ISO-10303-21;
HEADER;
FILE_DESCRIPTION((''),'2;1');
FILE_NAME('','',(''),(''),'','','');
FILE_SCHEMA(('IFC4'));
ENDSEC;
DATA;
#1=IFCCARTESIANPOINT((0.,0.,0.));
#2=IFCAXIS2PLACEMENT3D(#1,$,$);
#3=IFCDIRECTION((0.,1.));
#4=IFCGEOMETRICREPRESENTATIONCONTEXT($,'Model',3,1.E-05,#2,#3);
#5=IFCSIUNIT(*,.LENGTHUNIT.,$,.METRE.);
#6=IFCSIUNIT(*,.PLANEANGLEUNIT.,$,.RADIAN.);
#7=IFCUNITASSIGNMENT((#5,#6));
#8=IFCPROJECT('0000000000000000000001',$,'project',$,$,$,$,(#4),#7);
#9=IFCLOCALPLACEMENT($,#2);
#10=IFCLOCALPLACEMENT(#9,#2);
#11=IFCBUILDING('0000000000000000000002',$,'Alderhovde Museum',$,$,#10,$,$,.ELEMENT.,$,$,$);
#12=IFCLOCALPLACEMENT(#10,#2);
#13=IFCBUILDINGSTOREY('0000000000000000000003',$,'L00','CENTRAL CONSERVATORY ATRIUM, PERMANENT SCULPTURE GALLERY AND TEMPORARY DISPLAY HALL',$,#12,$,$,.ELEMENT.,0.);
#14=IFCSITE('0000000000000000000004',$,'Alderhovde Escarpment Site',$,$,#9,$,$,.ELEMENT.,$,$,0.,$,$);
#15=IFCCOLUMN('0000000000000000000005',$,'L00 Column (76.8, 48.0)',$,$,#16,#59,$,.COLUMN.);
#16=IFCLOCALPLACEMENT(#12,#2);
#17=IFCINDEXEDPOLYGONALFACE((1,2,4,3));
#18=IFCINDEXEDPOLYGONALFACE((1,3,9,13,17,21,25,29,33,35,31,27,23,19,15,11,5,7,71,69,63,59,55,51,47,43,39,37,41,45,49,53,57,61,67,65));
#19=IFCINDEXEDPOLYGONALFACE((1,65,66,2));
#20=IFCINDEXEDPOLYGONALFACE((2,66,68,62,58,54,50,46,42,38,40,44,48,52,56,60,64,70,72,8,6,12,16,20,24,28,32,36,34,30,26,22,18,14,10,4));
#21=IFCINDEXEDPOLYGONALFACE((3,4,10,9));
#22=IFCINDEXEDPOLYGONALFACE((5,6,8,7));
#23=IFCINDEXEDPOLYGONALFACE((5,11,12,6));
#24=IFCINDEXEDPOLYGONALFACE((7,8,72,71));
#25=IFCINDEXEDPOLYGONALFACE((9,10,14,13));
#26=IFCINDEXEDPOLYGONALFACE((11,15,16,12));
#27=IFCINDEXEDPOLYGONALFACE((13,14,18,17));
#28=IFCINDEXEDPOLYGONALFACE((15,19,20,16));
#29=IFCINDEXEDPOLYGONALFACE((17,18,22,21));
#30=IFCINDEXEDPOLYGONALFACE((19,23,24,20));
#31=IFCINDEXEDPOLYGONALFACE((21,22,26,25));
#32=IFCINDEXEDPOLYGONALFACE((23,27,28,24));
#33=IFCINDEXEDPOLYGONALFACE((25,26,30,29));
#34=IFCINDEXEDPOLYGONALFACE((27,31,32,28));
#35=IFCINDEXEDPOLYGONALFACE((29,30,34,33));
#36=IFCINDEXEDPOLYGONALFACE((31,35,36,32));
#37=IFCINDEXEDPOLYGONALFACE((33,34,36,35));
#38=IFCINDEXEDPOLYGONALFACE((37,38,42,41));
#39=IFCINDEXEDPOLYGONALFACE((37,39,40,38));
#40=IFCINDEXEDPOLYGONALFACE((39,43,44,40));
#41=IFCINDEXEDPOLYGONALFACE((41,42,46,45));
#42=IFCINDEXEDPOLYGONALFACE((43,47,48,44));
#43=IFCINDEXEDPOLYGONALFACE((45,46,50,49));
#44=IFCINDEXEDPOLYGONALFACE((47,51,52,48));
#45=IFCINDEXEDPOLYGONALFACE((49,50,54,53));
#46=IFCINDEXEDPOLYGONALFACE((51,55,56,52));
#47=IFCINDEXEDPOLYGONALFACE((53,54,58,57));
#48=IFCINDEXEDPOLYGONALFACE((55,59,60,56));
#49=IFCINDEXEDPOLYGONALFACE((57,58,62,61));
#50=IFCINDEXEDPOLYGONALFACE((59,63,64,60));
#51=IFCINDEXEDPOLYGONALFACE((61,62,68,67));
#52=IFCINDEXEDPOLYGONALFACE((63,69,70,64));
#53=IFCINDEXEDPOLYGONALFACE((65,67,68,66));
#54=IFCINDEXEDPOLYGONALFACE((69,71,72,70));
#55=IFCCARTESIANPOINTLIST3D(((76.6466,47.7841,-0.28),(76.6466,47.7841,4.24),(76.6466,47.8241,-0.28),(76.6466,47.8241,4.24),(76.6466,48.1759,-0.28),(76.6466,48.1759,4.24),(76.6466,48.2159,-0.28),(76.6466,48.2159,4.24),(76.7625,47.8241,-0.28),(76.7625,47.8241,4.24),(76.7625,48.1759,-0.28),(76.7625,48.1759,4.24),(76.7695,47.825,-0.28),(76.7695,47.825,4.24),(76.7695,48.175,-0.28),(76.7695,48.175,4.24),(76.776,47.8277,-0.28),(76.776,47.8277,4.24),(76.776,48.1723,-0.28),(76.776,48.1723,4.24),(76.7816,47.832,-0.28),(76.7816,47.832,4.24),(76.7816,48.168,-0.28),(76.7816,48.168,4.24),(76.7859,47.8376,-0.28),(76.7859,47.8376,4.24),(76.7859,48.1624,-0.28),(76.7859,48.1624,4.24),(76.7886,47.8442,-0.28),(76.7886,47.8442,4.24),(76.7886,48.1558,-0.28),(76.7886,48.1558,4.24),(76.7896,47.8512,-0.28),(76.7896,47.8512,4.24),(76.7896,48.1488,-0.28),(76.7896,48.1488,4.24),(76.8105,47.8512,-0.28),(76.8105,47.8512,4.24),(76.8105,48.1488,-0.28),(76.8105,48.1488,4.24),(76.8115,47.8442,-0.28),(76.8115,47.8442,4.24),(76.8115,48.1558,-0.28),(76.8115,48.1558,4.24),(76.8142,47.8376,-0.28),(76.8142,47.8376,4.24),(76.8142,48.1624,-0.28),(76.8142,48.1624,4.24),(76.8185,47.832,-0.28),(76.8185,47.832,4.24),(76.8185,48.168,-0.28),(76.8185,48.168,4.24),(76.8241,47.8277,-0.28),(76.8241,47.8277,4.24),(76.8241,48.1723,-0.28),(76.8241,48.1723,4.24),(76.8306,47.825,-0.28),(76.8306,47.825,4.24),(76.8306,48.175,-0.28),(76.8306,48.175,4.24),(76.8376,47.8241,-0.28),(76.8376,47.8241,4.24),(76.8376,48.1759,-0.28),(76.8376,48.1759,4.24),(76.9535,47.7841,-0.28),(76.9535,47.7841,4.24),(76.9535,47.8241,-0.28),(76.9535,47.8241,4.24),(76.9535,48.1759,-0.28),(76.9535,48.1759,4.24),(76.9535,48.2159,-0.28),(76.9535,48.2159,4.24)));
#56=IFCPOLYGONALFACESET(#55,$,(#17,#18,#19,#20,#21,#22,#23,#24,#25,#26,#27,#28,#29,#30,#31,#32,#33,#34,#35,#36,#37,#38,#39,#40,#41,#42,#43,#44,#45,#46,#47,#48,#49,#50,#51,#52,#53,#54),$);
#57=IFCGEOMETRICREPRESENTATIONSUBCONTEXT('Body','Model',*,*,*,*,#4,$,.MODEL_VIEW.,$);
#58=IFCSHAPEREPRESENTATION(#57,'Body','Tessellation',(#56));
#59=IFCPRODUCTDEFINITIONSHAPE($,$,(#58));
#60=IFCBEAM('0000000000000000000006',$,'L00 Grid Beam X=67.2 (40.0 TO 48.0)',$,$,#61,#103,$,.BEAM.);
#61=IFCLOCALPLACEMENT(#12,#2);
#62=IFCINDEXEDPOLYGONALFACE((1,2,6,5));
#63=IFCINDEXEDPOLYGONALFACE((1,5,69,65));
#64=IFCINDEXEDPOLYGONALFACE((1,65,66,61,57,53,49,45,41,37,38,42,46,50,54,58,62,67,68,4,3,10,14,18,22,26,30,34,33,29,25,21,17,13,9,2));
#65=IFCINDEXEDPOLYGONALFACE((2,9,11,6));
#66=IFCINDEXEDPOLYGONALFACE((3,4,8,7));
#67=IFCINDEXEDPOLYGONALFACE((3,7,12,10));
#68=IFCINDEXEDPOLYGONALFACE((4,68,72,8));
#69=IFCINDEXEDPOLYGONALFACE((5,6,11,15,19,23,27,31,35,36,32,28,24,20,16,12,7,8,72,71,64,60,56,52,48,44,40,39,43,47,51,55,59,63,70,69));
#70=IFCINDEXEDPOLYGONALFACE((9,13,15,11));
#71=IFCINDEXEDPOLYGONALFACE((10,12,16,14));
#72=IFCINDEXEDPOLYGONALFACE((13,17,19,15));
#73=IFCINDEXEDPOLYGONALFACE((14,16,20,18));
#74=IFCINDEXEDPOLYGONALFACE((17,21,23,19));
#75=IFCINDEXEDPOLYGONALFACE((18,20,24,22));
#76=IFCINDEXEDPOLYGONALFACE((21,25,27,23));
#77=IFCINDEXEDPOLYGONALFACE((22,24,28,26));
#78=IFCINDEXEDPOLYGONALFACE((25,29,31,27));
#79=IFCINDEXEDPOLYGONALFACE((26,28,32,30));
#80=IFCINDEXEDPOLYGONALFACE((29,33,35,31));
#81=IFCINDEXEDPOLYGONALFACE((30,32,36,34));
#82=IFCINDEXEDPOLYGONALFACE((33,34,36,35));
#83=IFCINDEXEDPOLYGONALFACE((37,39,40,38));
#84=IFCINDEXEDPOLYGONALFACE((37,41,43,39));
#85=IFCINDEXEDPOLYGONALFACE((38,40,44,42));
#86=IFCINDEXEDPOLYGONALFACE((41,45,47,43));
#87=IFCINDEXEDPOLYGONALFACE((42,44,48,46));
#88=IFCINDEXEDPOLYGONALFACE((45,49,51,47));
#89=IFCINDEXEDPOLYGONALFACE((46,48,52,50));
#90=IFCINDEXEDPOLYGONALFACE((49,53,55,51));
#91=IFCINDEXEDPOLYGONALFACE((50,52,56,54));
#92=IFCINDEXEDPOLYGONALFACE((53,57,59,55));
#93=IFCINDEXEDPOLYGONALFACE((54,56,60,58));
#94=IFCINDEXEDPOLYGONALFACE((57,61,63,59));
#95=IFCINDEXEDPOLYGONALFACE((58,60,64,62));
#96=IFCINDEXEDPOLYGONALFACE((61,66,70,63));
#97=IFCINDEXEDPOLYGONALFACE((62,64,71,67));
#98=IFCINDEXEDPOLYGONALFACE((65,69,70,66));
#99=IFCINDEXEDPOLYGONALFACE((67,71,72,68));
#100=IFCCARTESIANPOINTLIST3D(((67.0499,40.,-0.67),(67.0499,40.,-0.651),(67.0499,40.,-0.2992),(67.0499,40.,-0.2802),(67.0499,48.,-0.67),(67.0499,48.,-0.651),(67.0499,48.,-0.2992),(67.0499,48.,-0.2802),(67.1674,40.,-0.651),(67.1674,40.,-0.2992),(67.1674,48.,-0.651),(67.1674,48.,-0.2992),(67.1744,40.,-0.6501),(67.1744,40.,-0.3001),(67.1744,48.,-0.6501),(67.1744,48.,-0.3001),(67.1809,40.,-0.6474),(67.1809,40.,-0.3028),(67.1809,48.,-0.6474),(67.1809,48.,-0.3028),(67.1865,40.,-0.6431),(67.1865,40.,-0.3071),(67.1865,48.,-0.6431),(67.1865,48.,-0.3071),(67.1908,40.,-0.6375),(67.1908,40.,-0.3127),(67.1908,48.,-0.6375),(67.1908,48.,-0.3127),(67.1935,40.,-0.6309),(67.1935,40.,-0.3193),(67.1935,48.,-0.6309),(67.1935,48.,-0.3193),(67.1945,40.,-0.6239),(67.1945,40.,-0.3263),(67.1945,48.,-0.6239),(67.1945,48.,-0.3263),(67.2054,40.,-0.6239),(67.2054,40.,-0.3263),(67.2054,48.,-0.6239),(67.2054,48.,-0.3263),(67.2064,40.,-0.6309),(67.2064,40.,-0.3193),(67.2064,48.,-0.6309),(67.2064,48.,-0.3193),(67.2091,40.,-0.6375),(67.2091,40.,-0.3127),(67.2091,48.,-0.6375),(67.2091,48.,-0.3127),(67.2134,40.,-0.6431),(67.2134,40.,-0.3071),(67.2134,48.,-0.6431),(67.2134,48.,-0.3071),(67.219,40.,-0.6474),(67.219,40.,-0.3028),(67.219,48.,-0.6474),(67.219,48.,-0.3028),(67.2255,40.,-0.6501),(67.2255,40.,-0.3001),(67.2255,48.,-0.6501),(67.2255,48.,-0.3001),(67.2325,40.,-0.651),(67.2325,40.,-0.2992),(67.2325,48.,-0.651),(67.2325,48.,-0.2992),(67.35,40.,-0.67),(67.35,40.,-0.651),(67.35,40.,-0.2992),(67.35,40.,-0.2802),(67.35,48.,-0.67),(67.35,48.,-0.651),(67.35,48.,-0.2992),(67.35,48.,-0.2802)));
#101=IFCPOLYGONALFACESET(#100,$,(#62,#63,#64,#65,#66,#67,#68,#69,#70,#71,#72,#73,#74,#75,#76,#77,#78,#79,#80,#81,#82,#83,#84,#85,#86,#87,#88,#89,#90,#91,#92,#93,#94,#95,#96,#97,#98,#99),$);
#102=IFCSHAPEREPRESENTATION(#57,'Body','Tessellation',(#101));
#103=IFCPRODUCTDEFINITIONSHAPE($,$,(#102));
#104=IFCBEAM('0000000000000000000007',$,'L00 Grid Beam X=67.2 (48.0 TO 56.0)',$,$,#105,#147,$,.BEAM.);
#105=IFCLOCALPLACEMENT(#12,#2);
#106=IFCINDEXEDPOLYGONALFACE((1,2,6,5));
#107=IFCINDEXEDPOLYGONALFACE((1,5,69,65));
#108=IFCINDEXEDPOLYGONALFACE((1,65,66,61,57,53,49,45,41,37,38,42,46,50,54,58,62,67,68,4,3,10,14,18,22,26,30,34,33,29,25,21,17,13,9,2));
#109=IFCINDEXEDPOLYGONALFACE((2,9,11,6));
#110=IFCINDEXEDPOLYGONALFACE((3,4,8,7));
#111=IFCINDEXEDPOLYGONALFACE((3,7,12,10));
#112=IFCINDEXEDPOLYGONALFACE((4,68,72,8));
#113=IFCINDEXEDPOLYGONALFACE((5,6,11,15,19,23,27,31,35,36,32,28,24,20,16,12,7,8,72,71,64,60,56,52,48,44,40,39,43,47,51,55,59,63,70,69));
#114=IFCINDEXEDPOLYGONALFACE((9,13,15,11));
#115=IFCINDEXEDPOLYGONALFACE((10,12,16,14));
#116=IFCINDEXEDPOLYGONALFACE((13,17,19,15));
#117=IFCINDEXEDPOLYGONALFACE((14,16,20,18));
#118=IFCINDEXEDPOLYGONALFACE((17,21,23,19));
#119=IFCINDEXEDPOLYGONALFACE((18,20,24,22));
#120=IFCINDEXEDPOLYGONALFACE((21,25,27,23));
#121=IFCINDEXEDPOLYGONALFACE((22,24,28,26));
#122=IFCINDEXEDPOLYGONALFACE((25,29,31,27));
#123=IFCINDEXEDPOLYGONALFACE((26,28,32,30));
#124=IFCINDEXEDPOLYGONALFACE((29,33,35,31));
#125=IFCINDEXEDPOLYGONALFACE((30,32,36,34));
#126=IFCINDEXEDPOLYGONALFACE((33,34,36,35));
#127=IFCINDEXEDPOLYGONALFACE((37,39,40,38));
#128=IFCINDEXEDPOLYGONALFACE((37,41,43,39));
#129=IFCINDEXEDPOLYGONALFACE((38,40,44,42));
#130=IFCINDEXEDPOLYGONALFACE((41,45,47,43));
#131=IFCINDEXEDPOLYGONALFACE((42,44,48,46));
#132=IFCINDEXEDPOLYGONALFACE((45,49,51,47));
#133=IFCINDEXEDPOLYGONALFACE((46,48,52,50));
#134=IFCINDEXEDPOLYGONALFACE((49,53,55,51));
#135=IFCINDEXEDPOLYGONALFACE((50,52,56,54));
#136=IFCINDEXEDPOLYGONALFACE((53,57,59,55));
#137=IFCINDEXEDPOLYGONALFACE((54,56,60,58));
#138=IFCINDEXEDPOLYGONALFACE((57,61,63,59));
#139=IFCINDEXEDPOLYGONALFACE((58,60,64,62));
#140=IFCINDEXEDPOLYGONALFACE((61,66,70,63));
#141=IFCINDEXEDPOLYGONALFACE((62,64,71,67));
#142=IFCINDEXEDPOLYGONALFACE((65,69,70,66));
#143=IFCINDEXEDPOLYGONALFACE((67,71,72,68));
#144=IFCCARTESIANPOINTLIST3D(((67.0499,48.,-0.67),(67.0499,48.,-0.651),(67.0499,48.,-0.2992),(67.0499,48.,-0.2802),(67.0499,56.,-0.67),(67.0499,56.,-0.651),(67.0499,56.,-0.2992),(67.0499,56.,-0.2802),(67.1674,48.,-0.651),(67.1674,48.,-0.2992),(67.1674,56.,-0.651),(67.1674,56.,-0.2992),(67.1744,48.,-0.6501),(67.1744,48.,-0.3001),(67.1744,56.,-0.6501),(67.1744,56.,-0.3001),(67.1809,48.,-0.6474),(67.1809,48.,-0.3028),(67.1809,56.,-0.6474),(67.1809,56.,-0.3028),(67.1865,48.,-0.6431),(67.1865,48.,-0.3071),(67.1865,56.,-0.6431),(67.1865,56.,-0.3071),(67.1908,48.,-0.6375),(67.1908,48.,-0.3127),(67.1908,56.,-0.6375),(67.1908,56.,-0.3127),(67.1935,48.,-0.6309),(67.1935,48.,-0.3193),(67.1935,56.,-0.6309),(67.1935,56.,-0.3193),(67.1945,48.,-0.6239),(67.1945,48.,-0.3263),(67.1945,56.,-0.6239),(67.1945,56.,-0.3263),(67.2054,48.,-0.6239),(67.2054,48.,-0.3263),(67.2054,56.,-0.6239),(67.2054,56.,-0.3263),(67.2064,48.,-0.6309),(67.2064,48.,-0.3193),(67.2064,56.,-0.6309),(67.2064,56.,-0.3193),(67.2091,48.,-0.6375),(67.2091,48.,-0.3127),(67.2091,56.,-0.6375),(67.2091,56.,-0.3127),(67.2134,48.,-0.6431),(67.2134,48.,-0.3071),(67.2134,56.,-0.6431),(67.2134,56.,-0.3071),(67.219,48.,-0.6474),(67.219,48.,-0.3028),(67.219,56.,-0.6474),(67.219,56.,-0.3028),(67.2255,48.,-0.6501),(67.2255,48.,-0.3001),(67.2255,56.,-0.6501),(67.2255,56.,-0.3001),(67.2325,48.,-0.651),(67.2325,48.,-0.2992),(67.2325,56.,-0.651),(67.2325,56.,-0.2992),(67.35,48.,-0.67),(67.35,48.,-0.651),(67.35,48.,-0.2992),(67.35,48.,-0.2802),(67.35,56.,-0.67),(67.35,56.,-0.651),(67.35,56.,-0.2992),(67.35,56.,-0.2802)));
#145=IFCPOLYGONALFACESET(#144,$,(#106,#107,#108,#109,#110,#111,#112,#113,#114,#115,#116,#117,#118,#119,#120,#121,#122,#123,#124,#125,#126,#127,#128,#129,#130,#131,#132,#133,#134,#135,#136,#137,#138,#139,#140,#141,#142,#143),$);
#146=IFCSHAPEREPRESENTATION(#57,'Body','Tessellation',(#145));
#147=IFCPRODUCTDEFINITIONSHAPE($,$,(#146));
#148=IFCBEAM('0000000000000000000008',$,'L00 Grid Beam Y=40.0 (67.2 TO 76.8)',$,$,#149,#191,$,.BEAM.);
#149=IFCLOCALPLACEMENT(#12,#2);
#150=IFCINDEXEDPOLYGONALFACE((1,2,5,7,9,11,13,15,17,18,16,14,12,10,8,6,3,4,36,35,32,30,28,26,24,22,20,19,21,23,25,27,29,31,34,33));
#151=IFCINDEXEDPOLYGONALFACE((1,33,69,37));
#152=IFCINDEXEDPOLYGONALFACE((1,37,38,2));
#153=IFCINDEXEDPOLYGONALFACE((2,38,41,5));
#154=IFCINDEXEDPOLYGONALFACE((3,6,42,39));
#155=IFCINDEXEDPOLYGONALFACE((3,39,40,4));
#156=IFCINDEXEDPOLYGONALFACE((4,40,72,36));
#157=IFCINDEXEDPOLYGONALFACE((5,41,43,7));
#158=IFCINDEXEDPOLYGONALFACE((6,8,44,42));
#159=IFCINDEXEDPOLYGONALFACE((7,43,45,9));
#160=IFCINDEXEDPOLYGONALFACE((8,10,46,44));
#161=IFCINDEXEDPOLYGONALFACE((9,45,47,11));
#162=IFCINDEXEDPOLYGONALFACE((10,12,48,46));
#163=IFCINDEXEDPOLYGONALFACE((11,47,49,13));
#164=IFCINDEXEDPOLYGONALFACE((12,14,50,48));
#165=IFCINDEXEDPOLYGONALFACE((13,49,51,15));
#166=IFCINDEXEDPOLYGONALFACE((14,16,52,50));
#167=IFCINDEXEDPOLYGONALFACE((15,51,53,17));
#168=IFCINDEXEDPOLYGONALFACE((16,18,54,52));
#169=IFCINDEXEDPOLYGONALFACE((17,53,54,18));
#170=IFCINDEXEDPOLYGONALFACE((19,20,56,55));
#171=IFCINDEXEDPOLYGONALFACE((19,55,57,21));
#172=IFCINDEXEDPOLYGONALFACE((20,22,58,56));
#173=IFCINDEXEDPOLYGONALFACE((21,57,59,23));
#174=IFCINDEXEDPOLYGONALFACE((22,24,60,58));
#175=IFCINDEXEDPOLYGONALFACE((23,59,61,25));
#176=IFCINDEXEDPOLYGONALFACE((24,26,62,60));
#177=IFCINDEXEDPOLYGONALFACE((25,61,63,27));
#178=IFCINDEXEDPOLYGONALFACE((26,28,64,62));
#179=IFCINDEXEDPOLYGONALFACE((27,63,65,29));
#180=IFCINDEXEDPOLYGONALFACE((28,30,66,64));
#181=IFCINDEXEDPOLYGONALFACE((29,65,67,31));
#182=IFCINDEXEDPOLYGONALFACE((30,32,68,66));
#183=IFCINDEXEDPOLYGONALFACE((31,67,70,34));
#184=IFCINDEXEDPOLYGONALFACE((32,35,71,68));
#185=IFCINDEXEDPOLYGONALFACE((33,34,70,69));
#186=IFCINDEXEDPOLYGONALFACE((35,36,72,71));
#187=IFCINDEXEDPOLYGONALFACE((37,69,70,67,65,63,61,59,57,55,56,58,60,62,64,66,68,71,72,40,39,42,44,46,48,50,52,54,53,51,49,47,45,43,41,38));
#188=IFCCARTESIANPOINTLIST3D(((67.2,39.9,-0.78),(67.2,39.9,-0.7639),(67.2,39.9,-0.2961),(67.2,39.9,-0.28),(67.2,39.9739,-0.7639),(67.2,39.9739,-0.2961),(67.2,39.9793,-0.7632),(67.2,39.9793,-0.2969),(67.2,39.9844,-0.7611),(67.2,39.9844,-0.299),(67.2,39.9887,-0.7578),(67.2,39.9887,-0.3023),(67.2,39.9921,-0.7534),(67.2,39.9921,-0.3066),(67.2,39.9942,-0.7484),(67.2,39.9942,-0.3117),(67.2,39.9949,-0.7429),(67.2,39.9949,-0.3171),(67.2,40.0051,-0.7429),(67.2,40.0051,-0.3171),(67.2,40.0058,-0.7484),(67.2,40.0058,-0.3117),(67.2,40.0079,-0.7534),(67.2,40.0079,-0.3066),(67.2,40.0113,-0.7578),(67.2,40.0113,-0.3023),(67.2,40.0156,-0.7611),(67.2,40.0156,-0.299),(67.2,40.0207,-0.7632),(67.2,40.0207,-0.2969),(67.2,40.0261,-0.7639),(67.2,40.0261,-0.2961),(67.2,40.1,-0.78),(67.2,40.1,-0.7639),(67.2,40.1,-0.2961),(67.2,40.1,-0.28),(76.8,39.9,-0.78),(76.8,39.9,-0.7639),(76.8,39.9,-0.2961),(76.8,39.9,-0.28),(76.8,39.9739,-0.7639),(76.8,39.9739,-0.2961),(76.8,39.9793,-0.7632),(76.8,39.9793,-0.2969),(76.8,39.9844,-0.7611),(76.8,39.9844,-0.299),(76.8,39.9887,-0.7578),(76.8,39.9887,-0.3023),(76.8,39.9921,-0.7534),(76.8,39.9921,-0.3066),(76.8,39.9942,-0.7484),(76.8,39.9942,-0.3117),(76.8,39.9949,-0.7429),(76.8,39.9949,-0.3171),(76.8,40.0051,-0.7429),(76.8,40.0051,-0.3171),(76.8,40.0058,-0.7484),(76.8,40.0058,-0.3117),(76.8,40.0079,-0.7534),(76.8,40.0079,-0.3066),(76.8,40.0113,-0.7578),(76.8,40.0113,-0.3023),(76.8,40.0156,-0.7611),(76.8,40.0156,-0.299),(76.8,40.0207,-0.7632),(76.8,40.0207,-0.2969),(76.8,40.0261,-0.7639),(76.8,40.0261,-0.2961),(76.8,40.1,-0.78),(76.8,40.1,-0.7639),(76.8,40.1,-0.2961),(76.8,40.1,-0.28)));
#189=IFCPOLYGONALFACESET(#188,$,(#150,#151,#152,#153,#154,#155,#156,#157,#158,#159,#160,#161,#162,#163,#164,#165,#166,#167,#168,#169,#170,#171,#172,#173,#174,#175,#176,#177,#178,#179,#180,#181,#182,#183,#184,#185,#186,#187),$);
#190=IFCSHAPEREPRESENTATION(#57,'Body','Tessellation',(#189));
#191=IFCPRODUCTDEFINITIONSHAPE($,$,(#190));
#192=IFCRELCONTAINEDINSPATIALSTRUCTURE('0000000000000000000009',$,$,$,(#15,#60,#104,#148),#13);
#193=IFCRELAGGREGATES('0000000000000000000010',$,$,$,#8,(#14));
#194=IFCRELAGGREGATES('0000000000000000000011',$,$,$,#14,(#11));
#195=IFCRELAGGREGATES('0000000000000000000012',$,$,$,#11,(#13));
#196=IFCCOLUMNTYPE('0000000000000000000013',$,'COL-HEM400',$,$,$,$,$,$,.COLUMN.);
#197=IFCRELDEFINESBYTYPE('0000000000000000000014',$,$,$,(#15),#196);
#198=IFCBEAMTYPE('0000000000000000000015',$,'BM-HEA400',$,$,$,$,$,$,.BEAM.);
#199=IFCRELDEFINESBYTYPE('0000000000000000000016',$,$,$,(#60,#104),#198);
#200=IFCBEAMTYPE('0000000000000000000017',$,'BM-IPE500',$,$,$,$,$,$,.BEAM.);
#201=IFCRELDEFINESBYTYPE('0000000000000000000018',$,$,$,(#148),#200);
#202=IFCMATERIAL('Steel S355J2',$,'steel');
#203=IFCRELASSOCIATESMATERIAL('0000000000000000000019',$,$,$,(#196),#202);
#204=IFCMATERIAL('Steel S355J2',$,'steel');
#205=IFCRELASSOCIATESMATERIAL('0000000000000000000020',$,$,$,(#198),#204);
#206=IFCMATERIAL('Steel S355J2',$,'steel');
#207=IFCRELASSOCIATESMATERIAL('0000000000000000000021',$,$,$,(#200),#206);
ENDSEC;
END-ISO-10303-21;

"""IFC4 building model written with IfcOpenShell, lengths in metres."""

from ifc_helpers import new_model, si_unit, direction, frame, origin, origin_2d, place, context, subcontext, project, spatial, i_section, extrude, material, material_profile, profile_set, type_object, element, save


model = new_model("IFC4")

# Units and contexts
model_context = context("Model", 3, precision=1e-05, world=origin(), true_north=direction((0.0, 1.0)))
body_context = subcontext(model_context, "Body", "Model", "MODEL_VIEW")
ifc_project = project(units=[si_unit("LENGTHUNIT", "METRE"), si_unit("PLANEANGLEUNIT", "RADIAN")], contexts=[model_context])

# Site, building, storey
site_placement = place(None, origin())
site = spatial("IfcSite", under=ifc_project, at=site_placement, Name="Alderhovde Escarpment Site", CompositionType="ELEMENT", RefElevation=0.0)
building_placement = place(site_placement, origin())
building = spatial("IfcBuilding", under=site, at=building_placement, Name="Alderhovde Museum", CompositionType="ELEMENT")
storey_placement = place(building_placement, origin())
storey = spatial("IfcBuildingStorey", under=building, at=storey_placement, Name="L00", Description="CENTRAL CONSERVATORY ATRIUM, PERMANENT SCULPTURE GALLERY AND TEMPORARY DISPLAY HALL", CompositionType="ELEMENT", Elevation=0.0)

# Column
ifc_material_1 = material(Name="Steel S355J2", Category="steel")
ifc_material_profile_1 = material_profile(ifc_material_1, i_section(OverallWidth=0.3069, OverallDepth=0.4319, WebThickness=0.021, FlangeThickness=0.04, FilletRadius=0.0271, at=origin_2d()), Name="HEM 400")
ifc_profile_set_1 = profile_set([ifc_material_profile_1], Name="Steel S355J2")
column_type_1 = type_object("IfcColumnType", Name="COL-HEM400", PredefinedType="COLUMN", material=ifc_profile_set_1)
for number, where, z_axis, x_axis, name in (
    (1, (76.8, 48.0, -0.28), (0.0, 0.0, 1.0), (1.0, 0.0, 0.0), "L00 Column (76.8, 48.0)"),
):
    element("IfcColumn", number, at=place(storey_placement, frame(where, z_axis=z_axis, x_axis=x_axis)), inside=storey, type_object=column_type_1, Name=name, PredefinedType="COLUMN", context=body_context, shape_type="SweptSolid", body=[
        extrude(i_section(OverallWidth=0.3069, OverallDepth=0.4319, WebThickness=0.021, FlangeThickness=0.04, FilletRadius=0.0271, at=origin_2d()), origin(), (0.0, 0.0, 1.0), 4.52),
    ])

# Beams
ifc_material_2 = material(Name="Steel S355J2", Category="steel")
ifc_material_profile_2 = material_profile(ifc_material_2, i_section(OverallWidth=0.3, OverallDepth=0.3899, WebThickness=0.011, FlangeThickness=0.019, FilletRadius=0.0271, at=origin_2d()), Name="HEA 400")
ifc_profile_set_2 = profile_set([ifc_material_profile_2], Name="Steel S355J2")
beam_type_1 = type_object("IfcBeamType", Name="BM-HEA400", PredefinedType="BEAM", material=ifc_profile_set_2)
for number, where, z_axis, x_axis, name in (
    (2, (67.2, 40.0, -0.4751), (0.0, 1.0, 0.0), (-1.0, 0.0, 0.0), "L00 Grid Beam X=67.2 (40.0 TO 48.0)"),
    (3, (67.2, 48.0, -0.4751), (0.0, 1.0, 0.0), (-1.0, 0.0, 0.0), "L00 Grid Beam X=67.2 (48.0 TO 56.0)"),
):
    element("IfcBeam", number, at=place(storey_placement, frame(where, z_axis=z_axis, x_axis=x_axis)), inside=storey, type_object=beam_type_1, Name=name, PredefinedType="BEAM", context=body_context, shape_type="SweptSolid", body=[
        extrude(i_section(OverallWidth=0.3, OverallDepth=0.3899, WebThickness=0.011, FlangeThickness=0.019, FilletRadius=0.0271, at=origin_2d()), origin(), (0.0, 0.0, 1.0), 8.0),
    ])
ifc_material_3 = material(Name="Steel S355J2", Category="steel")
ifc_material_profile_3 = material_profile(ifc_material_3, i_section(OverallWidth=0.2, OverallDepth=0.5, WebThickness=0.0103, FlangeThickness=0.0161, FilletRadius=0.021, at=origin_2d()), Name="IPE 500")
ifc_profile_set_3 = profile_set([ifc_material_profile_3], Name="Steel S355J2")
beam_type_2 = type_object("IfcBeamType", Name="BM-IPE500", PredefinedType="BEAM", material=ifc_profile_set_3)
beam_1_placement = place(storey_placement, frame((67.2, 40.0, -0.53), z_axis=(1.0, 0.0, 0.0), x_axis=(0.0, 1.0, 0.0)))
element("IfcBeam", 4, at=beam_1_placement, inside=storey, type_object=beam_type_2, Name="L00 Grid Beam Y=40.0 (67.2 TO 76.8)", PredefinedType="BEAM", context=body_context, shape_type="SweptSolid", body=[
    extrude(i_section(OverallWidth=0.2, OverallDepth=0.5, WebThickness=0.0103, FlangeThickness=0.0161, FilletRadius=0.021, at=origin_2d()), origin(), (0.0, 0.0, 1.0), 9.6001),
])

save(model, "model.ifc")
